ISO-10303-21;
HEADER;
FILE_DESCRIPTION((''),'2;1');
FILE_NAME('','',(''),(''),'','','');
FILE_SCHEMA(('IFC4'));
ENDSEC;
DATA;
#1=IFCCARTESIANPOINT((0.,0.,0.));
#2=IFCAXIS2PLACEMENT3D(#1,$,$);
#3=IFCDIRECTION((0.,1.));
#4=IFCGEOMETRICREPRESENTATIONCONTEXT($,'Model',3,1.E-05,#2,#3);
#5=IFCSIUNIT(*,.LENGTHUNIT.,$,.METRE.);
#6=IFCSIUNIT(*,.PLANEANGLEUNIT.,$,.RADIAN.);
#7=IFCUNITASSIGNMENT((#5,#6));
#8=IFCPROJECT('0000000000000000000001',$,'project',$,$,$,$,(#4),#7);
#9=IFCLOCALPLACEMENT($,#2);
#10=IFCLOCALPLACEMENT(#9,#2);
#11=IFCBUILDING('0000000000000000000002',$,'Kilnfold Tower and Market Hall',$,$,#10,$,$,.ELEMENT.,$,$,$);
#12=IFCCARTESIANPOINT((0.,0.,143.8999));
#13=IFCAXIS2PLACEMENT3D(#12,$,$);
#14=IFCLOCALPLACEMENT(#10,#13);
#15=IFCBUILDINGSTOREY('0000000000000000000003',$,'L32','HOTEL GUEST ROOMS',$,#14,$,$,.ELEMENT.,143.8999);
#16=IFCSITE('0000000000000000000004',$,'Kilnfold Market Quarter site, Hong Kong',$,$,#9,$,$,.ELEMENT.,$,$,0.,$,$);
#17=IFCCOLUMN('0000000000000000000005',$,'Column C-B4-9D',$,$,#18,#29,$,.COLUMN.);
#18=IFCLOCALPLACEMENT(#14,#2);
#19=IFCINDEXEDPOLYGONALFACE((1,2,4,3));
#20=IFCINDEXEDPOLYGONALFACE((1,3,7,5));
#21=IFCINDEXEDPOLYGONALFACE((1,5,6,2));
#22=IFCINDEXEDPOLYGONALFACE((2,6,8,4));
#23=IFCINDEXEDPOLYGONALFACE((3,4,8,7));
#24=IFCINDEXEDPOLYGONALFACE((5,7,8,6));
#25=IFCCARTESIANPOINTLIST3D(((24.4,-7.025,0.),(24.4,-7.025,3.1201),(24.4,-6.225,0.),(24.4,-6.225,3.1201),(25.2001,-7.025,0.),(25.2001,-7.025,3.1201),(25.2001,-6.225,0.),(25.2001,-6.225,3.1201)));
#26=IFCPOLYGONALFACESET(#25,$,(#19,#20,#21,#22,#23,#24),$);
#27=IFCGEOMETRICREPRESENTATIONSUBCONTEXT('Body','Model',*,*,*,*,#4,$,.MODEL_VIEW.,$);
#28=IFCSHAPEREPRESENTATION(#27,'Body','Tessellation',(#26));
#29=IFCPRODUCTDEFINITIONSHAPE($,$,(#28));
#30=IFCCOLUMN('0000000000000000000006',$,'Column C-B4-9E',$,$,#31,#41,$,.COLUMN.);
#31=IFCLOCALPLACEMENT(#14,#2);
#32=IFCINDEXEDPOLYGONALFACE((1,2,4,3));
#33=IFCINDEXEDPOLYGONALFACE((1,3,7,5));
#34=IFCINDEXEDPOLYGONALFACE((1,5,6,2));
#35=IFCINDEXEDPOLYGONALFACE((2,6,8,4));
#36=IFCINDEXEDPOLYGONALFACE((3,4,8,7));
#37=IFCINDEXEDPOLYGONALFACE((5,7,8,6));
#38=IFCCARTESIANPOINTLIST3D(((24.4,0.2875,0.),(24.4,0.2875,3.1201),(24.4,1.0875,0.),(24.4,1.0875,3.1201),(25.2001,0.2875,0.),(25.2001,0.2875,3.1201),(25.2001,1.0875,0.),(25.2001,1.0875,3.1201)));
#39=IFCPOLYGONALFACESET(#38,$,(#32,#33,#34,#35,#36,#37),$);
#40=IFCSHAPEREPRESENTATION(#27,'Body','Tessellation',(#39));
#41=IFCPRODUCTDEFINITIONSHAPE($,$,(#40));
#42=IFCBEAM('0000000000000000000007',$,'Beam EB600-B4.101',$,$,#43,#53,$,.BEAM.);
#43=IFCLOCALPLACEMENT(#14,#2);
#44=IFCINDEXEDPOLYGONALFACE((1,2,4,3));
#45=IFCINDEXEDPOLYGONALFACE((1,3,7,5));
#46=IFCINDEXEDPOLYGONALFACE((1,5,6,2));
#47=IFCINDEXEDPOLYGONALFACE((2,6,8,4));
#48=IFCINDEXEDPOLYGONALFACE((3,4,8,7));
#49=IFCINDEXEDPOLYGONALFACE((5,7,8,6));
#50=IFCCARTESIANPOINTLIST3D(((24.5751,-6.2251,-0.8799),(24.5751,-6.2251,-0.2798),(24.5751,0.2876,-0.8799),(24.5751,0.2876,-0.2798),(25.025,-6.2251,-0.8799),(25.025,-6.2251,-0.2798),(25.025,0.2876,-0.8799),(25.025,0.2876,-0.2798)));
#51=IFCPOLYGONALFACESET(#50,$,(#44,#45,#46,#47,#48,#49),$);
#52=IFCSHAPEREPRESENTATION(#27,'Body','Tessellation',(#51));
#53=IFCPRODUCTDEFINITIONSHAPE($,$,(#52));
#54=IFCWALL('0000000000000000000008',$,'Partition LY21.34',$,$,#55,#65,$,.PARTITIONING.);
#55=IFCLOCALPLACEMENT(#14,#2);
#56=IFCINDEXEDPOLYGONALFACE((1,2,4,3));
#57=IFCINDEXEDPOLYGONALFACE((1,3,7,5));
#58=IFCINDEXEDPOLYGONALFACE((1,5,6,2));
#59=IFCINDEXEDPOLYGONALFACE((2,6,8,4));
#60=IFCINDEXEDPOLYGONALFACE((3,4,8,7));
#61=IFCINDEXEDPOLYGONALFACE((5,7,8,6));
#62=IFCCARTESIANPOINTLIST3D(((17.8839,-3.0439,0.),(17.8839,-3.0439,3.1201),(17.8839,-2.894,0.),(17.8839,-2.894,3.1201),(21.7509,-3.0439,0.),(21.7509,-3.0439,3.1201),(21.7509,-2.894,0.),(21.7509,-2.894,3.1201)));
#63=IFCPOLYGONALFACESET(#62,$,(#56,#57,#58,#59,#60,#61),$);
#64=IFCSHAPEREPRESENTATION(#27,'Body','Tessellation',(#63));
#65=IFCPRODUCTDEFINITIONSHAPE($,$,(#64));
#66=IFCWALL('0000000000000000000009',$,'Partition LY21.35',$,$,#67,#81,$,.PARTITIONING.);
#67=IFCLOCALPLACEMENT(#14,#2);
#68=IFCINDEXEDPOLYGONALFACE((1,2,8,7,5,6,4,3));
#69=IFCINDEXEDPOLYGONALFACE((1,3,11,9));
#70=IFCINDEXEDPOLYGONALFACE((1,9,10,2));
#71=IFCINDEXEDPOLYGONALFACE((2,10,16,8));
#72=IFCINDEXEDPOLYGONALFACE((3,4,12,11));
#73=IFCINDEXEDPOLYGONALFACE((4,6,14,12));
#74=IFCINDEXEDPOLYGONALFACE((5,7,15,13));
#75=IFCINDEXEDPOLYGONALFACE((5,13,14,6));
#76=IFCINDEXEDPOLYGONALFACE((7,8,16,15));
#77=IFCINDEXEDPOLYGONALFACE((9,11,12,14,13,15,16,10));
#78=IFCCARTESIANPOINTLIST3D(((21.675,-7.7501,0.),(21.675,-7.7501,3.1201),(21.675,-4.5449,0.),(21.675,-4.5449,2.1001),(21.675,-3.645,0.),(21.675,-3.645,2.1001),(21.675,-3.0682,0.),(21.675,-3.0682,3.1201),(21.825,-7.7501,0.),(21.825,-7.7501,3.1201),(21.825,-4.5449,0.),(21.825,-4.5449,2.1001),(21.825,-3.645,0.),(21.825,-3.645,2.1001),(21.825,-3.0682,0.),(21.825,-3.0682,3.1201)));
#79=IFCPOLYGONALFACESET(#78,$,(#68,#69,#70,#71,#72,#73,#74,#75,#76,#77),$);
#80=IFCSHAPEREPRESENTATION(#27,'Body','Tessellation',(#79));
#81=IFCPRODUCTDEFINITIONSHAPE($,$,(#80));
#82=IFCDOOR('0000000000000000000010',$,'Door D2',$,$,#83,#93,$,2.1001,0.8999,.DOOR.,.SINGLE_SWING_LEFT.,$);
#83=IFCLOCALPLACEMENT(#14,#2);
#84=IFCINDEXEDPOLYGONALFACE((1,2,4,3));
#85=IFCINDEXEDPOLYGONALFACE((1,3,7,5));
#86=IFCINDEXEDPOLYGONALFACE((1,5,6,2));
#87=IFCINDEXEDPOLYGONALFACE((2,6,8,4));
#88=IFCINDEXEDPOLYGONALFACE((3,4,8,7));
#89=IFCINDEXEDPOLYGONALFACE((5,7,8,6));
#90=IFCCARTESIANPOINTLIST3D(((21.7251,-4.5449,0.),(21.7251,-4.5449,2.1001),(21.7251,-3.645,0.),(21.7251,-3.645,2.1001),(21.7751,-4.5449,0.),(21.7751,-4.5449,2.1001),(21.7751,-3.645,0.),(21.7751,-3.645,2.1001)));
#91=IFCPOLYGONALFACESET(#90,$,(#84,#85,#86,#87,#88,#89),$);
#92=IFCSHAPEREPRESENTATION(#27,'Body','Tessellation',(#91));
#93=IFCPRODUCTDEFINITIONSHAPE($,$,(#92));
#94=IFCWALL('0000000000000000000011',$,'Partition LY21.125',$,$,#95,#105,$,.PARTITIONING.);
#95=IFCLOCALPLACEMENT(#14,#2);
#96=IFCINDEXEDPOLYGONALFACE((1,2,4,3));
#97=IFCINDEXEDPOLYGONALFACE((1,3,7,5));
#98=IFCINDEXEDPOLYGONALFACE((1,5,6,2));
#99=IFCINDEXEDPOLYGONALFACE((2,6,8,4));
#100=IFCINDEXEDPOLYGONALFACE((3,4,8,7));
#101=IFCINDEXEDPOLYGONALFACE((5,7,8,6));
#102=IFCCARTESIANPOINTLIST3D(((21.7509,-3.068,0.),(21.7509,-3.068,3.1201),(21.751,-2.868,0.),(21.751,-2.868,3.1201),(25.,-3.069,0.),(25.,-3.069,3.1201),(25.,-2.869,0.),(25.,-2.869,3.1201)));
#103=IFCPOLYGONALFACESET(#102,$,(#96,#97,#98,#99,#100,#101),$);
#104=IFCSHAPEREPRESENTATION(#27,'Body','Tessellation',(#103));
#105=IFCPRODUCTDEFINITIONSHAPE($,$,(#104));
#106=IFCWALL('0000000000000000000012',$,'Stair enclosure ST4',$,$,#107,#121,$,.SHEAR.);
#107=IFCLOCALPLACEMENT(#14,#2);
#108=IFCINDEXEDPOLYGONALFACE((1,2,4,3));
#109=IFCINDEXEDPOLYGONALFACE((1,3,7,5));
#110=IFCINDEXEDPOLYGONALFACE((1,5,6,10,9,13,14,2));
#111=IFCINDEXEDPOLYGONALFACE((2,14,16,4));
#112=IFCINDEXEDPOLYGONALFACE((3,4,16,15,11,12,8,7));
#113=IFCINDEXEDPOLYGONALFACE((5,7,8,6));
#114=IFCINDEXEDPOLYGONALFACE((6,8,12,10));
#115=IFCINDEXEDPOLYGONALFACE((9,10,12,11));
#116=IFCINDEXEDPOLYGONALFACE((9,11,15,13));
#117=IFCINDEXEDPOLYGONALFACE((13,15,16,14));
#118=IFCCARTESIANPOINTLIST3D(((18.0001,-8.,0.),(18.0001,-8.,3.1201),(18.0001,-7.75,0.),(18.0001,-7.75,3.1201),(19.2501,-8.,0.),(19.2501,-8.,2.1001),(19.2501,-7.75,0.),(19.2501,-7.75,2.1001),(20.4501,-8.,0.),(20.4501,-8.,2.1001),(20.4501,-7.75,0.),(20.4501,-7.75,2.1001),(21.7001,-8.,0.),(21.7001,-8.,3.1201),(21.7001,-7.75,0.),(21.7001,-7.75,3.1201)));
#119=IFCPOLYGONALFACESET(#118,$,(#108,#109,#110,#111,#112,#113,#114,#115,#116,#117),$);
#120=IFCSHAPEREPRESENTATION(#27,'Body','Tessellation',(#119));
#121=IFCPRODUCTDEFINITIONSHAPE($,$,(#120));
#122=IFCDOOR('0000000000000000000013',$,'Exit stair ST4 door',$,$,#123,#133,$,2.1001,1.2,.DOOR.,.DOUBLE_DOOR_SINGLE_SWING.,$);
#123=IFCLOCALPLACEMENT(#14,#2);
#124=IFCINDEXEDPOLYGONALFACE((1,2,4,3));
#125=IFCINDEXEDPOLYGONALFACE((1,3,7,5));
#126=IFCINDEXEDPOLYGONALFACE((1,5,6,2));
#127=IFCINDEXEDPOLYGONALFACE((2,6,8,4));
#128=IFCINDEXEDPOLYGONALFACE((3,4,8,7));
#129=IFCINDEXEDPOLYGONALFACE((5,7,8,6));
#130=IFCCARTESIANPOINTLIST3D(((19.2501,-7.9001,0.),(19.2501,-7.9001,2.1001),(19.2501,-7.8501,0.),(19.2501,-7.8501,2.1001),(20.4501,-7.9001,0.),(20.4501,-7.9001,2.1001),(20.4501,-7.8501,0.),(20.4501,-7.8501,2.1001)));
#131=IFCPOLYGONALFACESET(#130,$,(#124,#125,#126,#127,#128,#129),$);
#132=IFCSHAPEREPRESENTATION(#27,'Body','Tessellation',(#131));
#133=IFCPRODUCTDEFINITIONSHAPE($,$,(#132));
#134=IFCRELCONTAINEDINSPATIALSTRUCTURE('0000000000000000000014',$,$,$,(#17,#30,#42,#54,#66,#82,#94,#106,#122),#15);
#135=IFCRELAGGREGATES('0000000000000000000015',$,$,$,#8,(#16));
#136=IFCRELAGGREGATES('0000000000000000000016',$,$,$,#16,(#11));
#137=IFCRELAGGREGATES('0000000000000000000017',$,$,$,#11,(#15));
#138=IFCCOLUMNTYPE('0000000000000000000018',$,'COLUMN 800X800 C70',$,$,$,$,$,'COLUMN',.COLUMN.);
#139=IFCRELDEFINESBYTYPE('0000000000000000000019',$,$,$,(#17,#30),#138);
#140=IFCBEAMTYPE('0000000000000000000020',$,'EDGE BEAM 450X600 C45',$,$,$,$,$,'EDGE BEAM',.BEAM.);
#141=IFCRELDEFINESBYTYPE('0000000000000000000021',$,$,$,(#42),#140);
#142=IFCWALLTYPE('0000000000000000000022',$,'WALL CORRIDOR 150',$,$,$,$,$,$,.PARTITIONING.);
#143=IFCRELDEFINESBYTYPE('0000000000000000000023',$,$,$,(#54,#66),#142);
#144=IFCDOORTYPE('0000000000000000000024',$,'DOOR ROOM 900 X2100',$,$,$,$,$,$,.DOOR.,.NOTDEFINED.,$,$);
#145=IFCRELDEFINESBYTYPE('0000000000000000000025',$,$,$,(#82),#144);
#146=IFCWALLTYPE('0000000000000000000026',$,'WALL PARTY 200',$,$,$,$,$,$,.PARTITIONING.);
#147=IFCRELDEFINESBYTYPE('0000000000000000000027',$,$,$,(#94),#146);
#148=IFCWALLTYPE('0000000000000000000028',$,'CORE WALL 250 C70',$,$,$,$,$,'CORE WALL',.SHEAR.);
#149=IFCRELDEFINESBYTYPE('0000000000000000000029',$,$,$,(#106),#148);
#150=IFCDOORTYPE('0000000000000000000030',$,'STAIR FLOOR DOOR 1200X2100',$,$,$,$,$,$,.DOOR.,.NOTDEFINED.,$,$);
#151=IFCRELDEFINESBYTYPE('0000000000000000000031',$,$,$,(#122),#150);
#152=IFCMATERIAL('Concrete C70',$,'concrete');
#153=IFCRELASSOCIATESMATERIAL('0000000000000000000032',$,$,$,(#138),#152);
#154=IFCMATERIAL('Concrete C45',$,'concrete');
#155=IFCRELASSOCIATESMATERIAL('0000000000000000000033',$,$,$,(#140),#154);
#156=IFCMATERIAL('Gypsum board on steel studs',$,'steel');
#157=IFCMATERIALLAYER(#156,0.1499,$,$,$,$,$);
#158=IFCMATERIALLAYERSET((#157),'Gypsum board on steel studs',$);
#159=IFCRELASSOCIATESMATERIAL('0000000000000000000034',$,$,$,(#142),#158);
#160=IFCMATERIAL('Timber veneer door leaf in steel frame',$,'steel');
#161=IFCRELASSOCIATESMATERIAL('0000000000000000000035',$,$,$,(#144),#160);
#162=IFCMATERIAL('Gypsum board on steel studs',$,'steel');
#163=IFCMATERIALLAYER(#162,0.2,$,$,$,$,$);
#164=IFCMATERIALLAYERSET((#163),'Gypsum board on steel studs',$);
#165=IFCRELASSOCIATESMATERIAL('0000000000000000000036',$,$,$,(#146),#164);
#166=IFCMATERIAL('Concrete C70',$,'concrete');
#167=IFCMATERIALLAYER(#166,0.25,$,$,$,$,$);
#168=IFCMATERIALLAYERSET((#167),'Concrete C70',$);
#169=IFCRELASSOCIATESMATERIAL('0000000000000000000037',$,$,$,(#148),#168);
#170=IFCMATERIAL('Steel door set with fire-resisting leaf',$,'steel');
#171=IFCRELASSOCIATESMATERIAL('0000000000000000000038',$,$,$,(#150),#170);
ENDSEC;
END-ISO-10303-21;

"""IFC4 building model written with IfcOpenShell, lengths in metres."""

from ifc_helpers import new_model, si_unit, direction, frame, frame_2d, origin, origin_2d, place, context, subcontext, project, spatial, rectangle, extrude, source, transform, mapped, material, layer, layer_set, material_profile, profile_set, type_object, element, fill, save


model = new_model("IFC4")

# Units and contexts
model_context = context("Model", 3, precision=1e-05, world=origin(), true_north=direction((0.0, 1.0)))
body_context = subcontext(model_context, "Body", "Model", "MODEL_VIEW")
ifc_project = project(units=[si_unit("LENGTHUNIT", "METRE"), si_unit("PLANEANGLEUNIT", "RADIAN")], contexts=[model_context])

# Site, building, storey
site_placement = place(None, origin())
site = spatial("IfcSite", under=ifc_project, at=site_placement, Name="Kilnfold Market Quarter site, Hong Kong", CompositionType="ELEMENT", RefElevation=0.0)
building_placement = place(site_placement, origin())
building = spatial("IfcBuilding", under=site, at=building_placement, Name="Kilnfold Tower and Market Hall", CompositionType="ELEMENT")
storey_placement = place(building_placement, frame((0.0, 0.0, 143.8999)))
storey = spatial("IfcBuildingStorey", under=building, at=storey_placement, Name="L32", Description="HOTEL GUEST ROOMS", CompositionType="ELEMENT", Elevation=143.8999)

# Columns
ifc_material_1 = material(Name="Concrete C70", Category="concrete")
ifc_material_profile_1 = material_profile(ifc_material_1, rectangle(XDim=0.8, YDim=0.8, at=origin_2d()), Name="RC 800x800")
ifc_profile_set_1 = profile_set([ifc_material_profile_1], Name="Concrete C70")
column_type = type_object("IfcColumnType", Name="COLUMN 800X800 C70", ElementType="COLUMN", PredefinedType="COLUMN", material=ifc_profile_set_1)
shared_shape_1 = source(origin(), body_context, "Body", "SweptSolid", [
    extrude(rectangle(XDim=0.8, YDim=0.8, at=origin_2d()), origin(), (0.0, 0.0, 1.0), 3.1201),
])
for number, where, z_axis, x_axis, name in (
    (1, (24.8, -6.625, 0.0), (0.0, 0.0, 1.0), (1.0, 0.0, 0.0), "Column C-B4-9D"),
    (2, (24.8, 0.6875, 0.0), (0.0, 0.0, 1.0), (1.0, 0.0, 0.0), "Column C-B4-9E"),
):
    element("IfcColumn", number, at=place(storey_placement, frame(where, z_axis=z_axis, x_axis=x_axis)), inside=storey, type_object=column_type, Name=name, PredefinedType="COLUMN", context=body_context, shape_type="MappedRepresentation", body=[
        mapped(shared_shape_1, transform((0.0, 0.0, 0.0))),
    ])

# Beam
ifc_material_2 = material(Name="Concrete C45", Category="concrete")
ifc_material_profile_2 = material_profile(ifc_material_2, rectangle(XDim=0.45, YDim=0.6001, at=origin_2d()), Name="RC 450x600")
ifc_profile_set_2 = profile_set([ifc_material_profile_2], Name="Concrete C45")
beam_type = type_object("IfcBeamType", Name="EDGE BEAM 450X600 C45", ElementType="EDGE BEAM", PredefinedType="BEAM", material=ifc_profile_set_2)
shared_shape_2 = source(origin(), body_context, "Body", "SweptSolid", [
    extrude(rectangle(XDim=0.45, YDim=0.6001, at=origin_2d()), origin(), (0.0, 0.0, 1.0), 6.5127),
])
beam_placement = place(storey_placement, frame((24.8, -6.2251, -0.5798), z_axis=(0.0, 1.0, 0.0), x_axis=(-1.0, 0.0, 0.0)))
element("IfcBeam", 3, at=beam_placement, inside=storey, type_object=beam_type, Name="Beam EB600-B4.101", PredefinedType="BEAM", context=body_context, shape_type="MappedRepresentation", body=[
    mapped(shared_shape_2, transform((0.0, 0.0, 0.0))),
])

# Wall
ifc_material_3 = material(Name="Gypsum board on steel studs", Category="steel")
ifc_layer_1 = layer(ifc_material_3, 0.1499)
ifc_layer_set_1 = layer_set([ifc_layer_1], Name="Gypsum board on steel studs")
wall_type_1 = type_object("IfcWallType", Name="WALL CORRIDOR 150", PredefinedType="PARTITIONING", material=ifc_layer_set_1)
wall_1_placement = place(storey_placement, frame((21.751, -2.969, 0.0), z_axis=(0.0, 0.0, 1.0), x_axis=(-1.0, 0.0, 0.0)))
element("IfcWall", 4, at=wall_1_placement, inside=storey, type_object=wall_type_1, Name="Partition LY21.34", PredefinedType="PARTITIONING", context=body_context, shape_type="SweptSolid", body=[
    extrude(rectangle(XDim=3.8669, YDim=0.1499, at=frame_2d((1.9336, 0.0))), origin(), (0.0, 0.0, 1.0), 3.1201),
])

# Wall, opening, door
wall_2_placement = place(storey_placement, frame((21.75, -7.75, 0.0), z_axis=(0.0, 0.0, 1.0), x_axis=(0.0, 1.0, 0.0)))
wall_2 = element("IfcWall", 5, at=wall_2_placement, inside=storey, type_object=wall_type_1, Name="Partition LY21.35", PredefinedType="PARTITIONING", context=body_context, shape_type="SweptSolid", body=[
    extrude(rectangle(XDim=4.6819, YDim=0.1499, at=frame_2d((2.3408, 0.0))), origin(), (0.0, 0.0, 1.0), 3.1201),
])
opening_1_placement = place(wall_2_placement, frame((3.2051, 0.0, 0.0)))
opening_1 = element("IfcOpeningElement", 6, at=opening_1_placement, cuts=wall_2, PredefinedType="OPENING", context=body_context, shape_type="SweptSolid", body=[
    extrude(rectangle(XDim=0.8999, YDim=2.1001, at=frame_2d((0.45, 1.05))), frame((0.0, 0.085, 0.0), z_axis=(0.0, -1.0, 0.0), x_axis=(1.0, 0.0, 0.0)), (0.0, 0.0, 1.0), 0.1699),
])
ifc_material_4 = material(Name="Timber veneer door leaf in steel frame", Category="steel")
door_type_1 = type_object("IfcDoorType", Name="DOOR ROOM 900 X2100", OperationType="NOTDEFINED", PredefinedType="DOOR", material=ifc_material_4)
door_1_placement = place(opening_1_placement, origin())
door_1 = element("IfcDoor", 7, at=door_1_placement, inside=storey, type_object=door_type_1, Name="Door D2", OperationType="SINGLE_SWING_LEFT", OverallHeight=2.1001, OverallWidth=0.8999, PredefinedType="DOOR", context=body_context, shape_type="SweptSolid", body=[
    extrude(rectangle(XDim=0.8999, YDim=2.1001, at=frame_2d((0.45, 1.05))), frame((0.0, 0.0249, 0.0), z_axis=(0.0, -1.0, 0.0), x_axis=(1.0, 0.0, 0.0)), (0.0, 0.0, 1.0), 0.05),
])
fill(opening_1, door_1)

# Wall
ifc_material_5 = material(Name="Gypsum board on steel studs", Category="steel")
ifc_layer_2 = layer(ifc_material_5, 0.2)
ifc_layer_set_2 = layer_set([ifc_layer_2], Name="Gypsum board on steel studs")
wall_type_2 = type_object("IfcWallType", Name="WALL PARTY 200", PredefinedType="PARTITIONING", material=ifc_layer_set_2)
wall_3_placement = place(storey_placement, frame((21.751, -2.968, 0.0), z_axis=(0.0, 0.0, 1.0), x_axis=(1.0, -0.000301, 0.0)))
element("IfcWall", 8, at=wall_3_placement, inside=storey, type_object=wall_type_2, Name="Partition LY21.125", PredefinedType="PARTITIONING", context=body_context, shape_type="SweptSolid", body=[
    extrude(rectangle(XDim=3.249, YDim=0.2, at=frame_2d((1.6245, 0.0))), origin(), (0.0, 0.0, 1.0), 3.1201),
])

# Wall, opening, door
ifc_material_6 = material(Name="Concrete C70", Category="concrete")
ifc_layer_3 = layer(ifc_material_6, 0.25)
ifc_layer_set_3 = layer_set([ifc_layer_3], Name="Concrete C70")
wall_type_3 = type_object("IfcWallType", Name="CORE WALL 250 C70", ElementType="CORE WALL", PredefinedType="SHEAR", material=ifc_layer_set_3)
shared_shape_3 = source(origin(), body_context, "Body", "SweptSolid", [
    extrude(rectangle(XDim=3.7, YDim=0.25, at=frame_2d((1.8501, 0.0))), origin(), (0.0, 0.0, 1.0), 3.1201),
])
wall_4_placement = place(storey_placement, frame((18.0, -7.875, 0.0), z_axis=(0.0, 0.0, 1.0), x_axis=(1.0, 0.0, 0.0)))
wall_4 = element("IfcWall", 9, at=wall_4_placement, inside=storey, type_object=wall_type_3, Name="Stair enclosure ST4", PredefinedType="SHEAR", context=body_context, shape_type="MappedRepresentation", body=[
    mapped(shared_shape_3, transform((0.0, 0.0, 0.0))),
])
opening_2_placement = place(wall_4_placement, frame((1.25, 0.0, 0.0)))
opening_2 = element("IfcOpeningElement", 10, at=opening_2_placement, cuts=wall_4, PredefinedType="OPENING", context=body_context, shape_type="SweptSolid", body=[
    extrude(rectangle(XDim=1.2, YDim=2.1001, at=frame_2d((0.6001, 1.05))), frame((0.0, 0.135, 0.0), z_axis=(0.0, -1.0, 0.0), x_axis=(1.0, 0.0, 0.0)), (0.0, 0.0, 1.0), 0.27),
])
ifc_material_7 = material(Name="Steel door set with fire-resisting leaf", Category="steel")
door_type_2 = type_object("IfcDoorType", Name="STAIR FLOOR DOOR 1200X2100", OperationType="NOTDEFINED", PredefinedType="DOOR", material=ifc_material_7)
door_2_placement = place(opening_2_placement, origin())
door_2 = element("IfcDoor", 11, at=door_2_placement, inside=storey, type_object=door_type_2, Name="Exit stair ST4 door", OperationType="DOUBLE_DOOR_SINGLE_SWING", OverallHeight=2.1001, OverallWidth=1.2, PredefinedType="DOOR", context=body_context, shape_type="SweptSolid", body=[
    extrude(rectangle(XDim=1.2, YDim=2.1001, at=frame_2d((0.6001, 1.05))), frame((0.0, 0.0249, 0.0), z_axis=(0.0, -1.0, 0.0), x_axis=(1.0, 0.0, 0.0)), (0.0, 0.0, 1.0), 0.05),
])
fill(opening_2, door_2)

save(model, "model.ifc")
